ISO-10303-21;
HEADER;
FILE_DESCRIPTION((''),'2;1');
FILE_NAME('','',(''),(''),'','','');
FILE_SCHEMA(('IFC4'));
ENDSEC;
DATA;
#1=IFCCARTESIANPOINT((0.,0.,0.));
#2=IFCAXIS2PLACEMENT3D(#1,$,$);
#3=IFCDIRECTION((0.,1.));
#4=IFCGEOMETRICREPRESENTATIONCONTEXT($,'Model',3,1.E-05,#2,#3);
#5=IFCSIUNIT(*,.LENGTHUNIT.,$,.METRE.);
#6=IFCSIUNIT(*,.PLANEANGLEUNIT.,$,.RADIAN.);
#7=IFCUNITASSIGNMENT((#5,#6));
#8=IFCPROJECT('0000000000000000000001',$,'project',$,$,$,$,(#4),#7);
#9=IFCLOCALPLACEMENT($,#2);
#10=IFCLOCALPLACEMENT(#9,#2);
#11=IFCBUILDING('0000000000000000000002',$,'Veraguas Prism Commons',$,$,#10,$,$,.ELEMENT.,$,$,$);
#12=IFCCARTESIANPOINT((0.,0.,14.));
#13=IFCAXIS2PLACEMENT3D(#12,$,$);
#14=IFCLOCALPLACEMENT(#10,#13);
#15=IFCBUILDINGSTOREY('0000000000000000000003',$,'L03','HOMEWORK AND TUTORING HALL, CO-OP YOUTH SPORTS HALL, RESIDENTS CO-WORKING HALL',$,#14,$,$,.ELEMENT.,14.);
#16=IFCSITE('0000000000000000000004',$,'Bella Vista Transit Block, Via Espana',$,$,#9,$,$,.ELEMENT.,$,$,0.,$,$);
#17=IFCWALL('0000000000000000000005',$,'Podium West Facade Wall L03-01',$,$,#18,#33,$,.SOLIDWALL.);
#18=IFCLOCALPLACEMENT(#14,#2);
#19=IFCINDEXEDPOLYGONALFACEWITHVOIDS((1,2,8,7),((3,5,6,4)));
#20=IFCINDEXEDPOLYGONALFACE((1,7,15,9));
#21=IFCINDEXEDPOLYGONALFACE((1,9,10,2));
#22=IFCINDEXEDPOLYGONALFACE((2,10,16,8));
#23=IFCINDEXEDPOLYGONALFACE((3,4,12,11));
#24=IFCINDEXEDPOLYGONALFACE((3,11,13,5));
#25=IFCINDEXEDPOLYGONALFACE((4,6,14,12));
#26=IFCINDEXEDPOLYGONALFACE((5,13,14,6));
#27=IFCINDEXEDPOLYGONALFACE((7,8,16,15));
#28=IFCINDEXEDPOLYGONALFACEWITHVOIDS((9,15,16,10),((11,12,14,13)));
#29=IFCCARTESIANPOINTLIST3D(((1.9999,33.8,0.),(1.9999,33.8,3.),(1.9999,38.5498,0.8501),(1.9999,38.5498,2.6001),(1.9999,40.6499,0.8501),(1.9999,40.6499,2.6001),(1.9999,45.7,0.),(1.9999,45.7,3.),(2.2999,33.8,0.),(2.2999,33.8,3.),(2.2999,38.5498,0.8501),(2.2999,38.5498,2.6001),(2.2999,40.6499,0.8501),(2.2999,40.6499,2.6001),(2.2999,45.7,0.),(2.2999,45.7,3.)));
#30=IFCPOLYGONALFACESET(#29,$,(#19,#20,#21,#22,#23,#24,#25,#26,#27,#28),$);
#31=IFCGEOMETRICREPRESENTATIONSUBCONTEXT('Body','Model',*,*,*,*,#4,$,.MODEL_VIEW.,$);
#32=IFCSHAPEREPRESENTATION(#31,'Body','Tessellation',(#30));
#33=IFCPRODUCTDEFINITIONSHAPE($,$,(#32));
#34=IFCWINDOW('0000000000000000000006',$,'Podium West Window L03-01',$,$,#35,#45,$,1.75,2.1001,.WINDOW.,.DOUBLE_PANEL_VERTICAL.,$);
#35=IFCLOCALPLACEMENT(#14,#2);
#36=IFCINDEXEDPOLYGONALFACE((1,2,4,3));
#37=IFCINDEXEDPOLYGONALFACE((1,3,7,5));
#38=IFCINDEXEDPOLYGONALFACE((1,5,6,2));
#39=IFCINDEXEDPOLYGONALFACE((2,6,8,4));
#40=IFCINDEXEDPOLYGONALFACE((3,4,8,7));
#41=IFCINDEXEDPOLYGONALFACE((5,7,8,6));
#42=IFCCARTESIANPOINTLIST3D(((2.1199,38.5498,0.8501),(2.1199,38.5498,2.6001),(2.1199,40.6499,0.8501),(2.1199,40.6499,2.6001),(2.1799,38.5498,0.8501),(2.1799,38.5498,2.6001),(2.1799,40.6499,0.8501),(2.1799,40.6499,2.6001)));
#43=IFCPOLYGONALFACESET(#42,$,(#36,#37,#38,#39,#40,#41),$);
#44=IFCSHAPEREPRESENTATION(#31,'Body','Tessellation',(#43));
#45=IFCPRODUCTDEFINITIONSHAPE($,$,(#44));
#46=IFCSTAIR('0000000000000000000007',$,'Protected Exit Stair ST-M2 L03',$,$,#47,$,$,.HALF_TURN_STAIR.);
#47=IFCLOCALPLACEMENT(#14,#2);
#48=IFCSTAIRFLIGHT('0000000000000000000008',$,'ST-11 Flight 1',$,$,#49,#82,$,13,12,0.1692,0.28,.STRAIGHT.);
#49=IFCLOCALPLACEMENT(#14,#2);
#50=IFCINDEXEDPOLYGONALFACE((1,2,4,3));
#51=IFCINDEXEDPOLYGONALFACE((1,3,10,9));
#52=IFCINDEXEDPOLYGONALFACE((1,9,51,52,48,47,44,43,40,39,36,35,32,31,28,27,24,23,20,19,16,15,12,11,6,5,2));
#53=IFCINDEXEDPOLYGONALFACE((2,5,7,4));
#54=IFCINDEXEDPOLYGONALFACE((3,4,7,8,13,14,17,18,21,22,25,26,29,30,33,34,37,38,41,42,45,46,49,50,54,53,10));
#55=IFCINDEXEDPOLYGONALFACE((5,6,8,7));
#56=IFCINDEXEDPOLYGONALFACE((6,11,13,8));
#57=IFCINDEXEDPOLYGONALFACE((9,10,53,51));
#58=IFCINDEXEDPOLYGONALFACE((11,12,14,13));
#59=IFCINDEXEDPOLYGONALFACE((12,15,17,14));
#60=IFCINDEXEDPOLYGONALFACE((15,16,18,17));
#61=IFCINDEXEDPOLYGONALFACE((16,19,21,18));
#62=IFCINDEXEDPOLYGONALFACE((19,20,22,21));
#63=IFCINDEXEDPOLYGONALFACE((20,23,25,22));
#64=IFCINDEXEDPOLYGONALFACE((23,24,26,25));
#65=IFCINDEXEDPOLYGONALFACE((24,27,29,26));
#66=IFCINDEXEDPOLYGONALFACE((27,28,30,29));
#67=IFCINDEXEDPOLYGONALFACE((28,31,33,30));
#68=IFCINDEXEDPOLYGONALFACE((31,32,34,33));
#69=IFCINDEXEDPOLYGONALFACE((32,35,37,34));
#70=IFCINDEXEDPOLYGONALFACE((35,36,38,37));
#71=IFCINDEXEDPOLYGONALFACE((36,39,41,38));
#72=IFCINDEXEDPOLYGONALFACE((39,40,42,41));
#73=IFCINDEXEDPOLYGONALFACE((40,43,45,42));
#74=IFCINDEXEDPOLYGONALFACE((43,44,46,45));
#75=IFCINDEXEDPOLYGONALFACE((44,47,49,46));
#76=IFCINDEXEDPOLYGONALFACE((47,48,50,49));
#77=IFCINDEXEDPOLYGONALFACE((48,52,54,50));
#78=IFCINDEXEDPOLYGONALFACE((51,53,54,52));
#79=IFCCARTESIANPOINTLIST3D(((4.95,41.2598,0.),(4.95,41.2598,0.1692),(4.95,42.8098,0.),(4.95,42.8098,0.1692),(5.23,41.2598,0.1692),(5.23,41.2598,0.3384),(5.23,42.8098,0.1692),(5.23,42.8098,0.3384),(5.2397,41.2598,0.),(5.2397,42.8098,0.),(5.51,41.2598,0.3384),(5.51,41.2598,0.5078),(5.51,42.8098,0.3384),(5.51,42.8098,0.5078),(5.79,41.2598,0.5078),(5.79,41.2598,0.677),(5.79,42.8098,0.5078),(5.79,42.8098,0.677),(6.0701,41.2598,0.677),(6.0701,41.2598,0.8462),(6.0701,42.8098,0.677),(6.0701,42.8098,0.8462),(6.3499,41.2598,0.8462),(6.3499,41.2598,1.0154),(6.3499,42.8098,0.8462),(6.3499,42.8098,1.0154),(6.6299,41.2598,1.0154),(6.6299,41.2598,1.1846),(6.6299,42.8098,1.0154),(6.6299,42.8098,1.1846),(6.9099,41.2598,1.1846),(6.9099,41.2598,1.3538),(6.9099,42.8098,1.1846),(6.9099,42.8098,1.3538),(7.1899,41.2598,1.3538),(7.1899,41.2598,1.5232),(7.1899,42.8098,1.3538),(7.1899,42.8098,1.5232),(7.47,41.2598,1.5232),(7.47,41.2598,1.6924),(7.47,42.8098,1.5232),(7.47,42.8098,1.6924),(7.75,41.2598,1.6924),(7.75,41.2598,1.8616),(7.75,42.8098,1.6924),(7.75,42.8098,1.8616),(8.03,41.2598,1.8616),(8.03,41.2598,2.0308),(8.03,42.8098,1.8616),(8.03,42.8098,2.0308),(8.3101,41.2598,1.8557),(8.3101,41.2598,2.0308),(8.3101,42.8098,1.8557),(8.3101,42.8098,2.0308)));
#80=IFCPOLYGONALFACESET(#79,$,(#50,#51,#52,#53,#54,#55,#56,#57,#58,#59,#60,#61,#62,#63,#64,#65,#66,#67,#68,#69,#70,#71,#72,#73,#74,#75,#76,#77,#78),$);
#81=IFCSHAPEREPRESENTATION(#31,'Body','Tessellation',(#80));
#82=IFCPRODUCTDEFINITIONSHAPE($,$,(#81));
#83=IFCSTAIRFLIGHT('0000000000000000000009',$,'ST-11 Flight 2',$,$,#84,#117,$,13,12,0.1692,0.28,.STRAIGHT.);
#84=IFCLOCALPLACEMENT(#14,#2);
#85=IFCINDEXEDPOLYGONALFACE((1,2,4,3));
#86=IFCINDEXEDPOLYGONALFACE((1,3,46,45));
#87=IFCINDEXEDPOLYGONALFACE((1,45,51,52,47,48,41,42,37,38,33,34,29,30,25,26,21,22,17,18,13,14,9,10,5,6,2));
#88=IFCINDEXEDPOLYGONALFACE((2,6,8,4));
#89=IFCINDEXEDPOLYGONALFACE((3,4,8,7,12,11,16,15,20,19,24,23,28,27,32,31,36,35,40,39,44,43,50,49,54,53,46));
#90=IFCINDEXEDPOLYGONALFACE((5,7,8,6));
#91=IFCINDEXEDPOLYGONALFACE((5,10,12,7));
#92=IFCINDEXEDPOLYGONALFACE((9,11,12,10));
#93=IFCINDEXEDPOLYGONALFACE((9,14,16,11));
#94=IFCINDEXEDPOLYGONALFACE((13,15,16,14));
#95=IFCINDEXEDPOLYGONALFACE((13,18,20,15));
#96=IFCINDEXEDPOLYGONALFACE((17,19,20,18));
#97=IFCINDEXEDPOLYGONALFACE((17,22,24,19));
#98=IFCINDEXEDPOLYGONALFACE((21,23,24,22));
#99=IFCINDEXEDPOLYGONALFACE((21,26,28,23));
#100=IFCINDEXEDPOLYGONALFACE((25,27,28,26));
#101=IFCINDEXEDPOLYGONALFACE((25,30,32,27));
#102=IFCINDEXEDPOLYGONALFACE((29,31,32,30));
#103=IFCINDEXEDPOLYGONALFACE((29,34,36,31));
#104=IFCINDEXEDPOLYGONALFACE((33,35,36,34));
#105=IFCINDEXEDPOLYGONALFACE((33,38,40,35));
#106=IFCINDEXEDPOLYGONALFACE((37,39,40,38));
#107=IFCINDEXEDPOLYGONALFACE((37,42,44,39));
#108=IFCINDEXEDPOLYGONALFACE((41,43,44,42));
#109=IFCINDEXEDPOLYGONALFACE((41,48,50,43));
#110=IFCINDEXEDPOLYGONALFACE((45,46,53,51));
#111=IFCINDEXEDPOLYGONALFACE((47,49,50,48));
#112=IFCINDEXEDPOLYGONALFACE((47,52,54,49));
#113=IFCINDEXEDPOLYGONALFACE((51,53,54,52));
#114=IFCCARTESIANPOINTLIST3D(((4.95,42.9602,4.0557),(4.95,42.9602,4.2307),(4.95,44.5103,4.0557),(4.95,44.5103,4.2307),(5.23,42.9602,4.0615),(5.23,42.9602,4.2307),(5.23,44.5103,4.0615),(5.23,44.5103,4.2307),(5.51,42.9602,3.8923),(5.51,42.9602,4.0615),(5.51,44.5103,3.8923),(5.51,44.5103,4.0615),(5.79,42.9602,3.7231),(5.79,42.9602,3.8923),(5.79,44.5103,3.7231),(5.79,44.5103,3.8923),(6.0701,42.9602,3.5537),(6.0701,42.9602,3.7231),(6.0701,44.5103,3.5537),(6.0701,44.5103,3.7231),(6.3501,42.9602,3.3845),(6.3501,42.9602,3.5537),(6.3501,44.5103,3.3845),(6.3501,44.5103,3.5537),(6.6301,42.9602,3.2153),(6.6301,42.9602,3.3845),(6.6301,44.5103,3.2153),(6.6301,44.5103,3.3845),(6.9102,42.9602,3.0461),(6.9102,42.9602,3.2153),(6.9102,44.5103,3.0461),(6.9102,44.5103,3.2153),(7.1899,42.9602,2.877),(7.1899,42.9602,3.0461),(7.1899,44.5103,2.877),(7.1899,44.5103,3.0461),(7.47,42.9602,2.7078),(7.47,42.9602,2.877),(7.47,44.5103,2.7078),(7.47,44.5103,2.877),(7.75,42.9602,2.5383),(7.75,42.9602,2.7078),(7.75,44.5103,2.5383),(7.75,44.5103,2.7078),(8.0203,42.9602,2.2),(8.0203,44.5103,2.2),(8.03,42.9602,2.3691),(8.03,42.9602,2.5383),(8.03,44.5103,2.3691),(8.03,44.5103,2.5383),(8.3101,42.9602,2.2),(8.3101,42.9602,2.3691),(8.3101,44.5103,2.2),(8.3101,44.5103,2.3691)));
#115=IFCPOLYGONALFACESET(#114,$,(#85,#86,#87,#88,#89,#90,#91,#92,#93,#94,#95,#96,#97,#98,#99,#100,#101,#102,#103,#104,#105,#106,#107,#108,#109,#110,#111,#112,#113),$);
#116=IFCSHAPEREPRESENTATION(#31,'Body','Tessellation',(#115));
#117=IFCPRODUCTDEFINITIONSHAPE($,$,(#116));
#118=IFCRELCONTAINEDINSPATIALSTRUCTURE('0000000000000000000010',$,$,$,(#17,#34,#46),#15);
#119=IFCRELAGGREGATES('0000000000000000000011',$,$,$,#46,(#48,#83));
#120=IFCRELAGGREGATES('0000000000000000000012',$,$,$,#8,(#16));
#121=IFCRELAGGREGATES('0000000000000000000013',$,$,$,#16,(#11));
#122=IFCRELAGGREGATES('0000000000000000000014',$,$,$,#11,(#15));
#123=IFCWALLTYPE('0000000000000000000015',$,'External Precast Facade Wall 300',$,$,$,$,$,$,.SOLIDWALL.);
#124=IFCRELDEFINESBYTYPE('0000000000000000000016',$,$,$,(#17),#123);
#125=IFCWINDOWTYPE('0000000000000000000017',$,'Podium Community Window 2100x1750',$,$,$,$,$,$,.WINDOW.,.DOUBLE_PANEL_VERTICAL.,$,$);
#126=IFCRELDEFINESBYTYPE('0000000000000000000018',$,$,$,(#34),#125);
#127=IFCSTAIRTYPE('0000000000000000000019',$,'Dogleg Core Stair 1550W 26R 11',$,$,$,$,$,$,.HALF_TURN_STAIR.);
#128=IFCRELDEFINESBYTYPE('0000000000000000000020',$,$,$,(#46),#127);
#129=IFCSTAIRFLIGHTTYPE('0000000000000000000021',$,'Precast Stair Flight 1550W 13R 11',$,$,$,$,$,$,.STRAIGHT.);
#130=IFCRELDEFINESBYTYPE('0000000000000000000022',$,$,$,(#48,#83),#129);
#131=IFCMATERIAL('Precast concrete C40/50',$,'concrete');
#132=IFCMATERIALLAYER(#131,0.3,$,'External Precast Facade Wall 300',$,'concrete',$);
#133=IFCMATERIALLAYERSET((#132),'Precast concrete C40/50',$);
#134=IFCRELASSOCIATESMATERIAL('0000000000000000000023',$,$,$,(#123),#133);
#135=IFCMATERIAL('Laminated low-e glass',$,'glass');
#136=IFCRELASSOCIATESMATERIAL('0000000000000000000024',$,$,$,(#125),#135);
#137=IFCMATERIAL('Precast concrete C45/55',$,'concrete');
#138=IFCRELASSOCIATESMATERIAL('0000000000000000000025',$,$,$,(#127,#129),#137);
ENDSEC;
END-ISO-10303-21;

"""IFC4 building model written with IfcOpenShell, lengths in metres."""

from ifc_helpers import new_model, si_unit, direction, frame, frame_2d, origin, place, context, subcontext, project, spatial, polyline, rectangle, outline, extrude, source, transform, mapped, material, layer, layer_set, type_object, element, fill, aggregate, save


model = new_model("IFC4")

# Units and contexts
model_context = context("Model", 3, precision=1e-05, world=origin(), true_north=direction((0.0, 1.0)))
body_context = subcontext(model_context, "Body", "Model", "MODEL_VIEW")
ifc_project = project(units=[si_unit("LENGTHUNIT", "METRE"), si_unit("PLANEANGLEUNIT", "RADIAN")], contexts=[model_context])

# Site, building, storey
site_placement = place(None, origin())
site = spatial("IfcSite", under=ifc_project, at=site_placement, Name="Bella Vista Transit Block, Via Espana", CompositionType="ELEMENT", RefElevation=0.0)
building_placement = place(site_placement, origin())
building = spatial("IfcBuilding", under=site, at=building_placement, Name="Veraguas Prism Commons", CompositionType="ELEMENT")
storey_placement = place(building_placement, frame((0.0, 0.0, 14.0)))
storey = spatial("IfcBuildingStorey", under=building, at=storey_placement, Name="L03", Description="HOMEWORK AND TUTORING HALL, CO-OP YOUTH SPORTS HALL, RESIDENTS CO-WORKING HALL", CompositionType="ELEMENT", Elevation=14.0)

# Wall, opening, window
ifc_material_1 = material(Name="Precast concrete C40/50", Category="concrete")
ifc_layer_1 = layer(ifc_material_1, 0.3, Name="External Precast Facade Wall 300", Category="concrete")
ifc_layer_set_1 = layer_set([ifc_layer_1], Name="Precast concrete C40/50")
wall_type_1 = type_object("IfcWallType", Name="External Precast Facade Wall 300", PredefinedType="SOLIDWALL", material=ifc_layer_set_1)
wall_1_placement = place(storey_placement, frame((2.1499, 45.7, 0.0), z_axis=(0.0, 0.0, 1.0), x_axis=(0.0, -1.0, 0.0)))
wall_1 = element("IfcWall", 1, at=wall_1_placement, inside=storey, type_object=wall_type_1, Name="Podium West Facade Wall L03-01", PredefinedType="SOLIDWALL", context=body_context, shape_type="SweptSolid", body=[
    extrude(rectangle(XDim=11.8999, YDim=0.3, at=frame_2d((5.95, 0.0))), origin(), (0.0, 0.0, 1.0), 3.0),
])
opening_1_placement = place(wall_1_placement, frame((5.05, 0.0, 0.8501)))
opening_1 = element("IfcOpeningElement", 2, at=opening_1_placement, cuts=wall_1, PredefinedType="OPENING", context=body_context, shape_type="SweptSolid", body=[
    extrude(rectangle(XDim=2.1001, YDim=1.75, at=frame_2d((1.05, 0.875))), frame((0.0, 0.1599, 0.0), z_axis=(0.0, -1.0, 0.0), x_axis=(1.0, 0.0, 0.0)), (0.0, 0.0, 1.0), 0.3201),
])
ifc_material_2 = material(Name="Laminated low-e glass", Category="glass")
window_type = type_object("IfcWindowType", Name="Podium Community Window 2100x1750", PartitioningType="DOUBLE_PANEL_VERTICAL", PredefinedType="WINDOW", material=ifc_material_2)
shared_shape_1 = source(origin(), body_context, "Body", "SweptSolid", [
    extrude(rectangle(XDim=2.1001, YDim=1.75, at=frame_2d((1.05, 0.875))), frame((0.0, 0.03, 0.0), z_axis=(0.0, -1.0, 0.0), x_axis=(1.0, 0.0, 0.0)), (0.0, 0.0, 1.0), 0.0601),
])
window_placement = place(opening_1_placement, origin())
window = element("IfcWindow", 3, at=window_placement, inside=storey, type_object=window_type, Name="Podium West Window L03-01", OverallHeight=1.75, OverallWidth=2.1001, PartitioningType="DOUBLE_PANEL_VERTICAL", PredefinedType="WINDOW", context=body_context, shape_type="MappedRepresentation", body=[
    mapped(shared_shape_1, transform((0.0, 0.0, 0.0), scale=1.0)),
])
fill(opening_1, window)

# Stair, stair flights
ifc_material_3 = material(Name="Precast concrete C45/55", Category="concrete")
stair_type = type_object("IfcStairType", Name="Dogleg Core Stair 1550W 26R 11", PredefinedType="HALF_TURN_STAIR", material=ifc_material_3)
stair_placement = place(storey_placement, origin())
stair = element("IfcStair", 4, at=stair_placement, inside=storey, type_object=stair_type, Name="Protected Exit Stair ST-M2 L03", PredefinedType="HALF_TURN_STAIR")
stair_flight_type = type_object("IfcStairFlightType", Name="Precast Stair Flight 1550W 13R 11", PredefinedType="STRAIGHT", material=ifc_material_3)
stair_flight_1_placement = place(storey_placement, frame((4.95, 42.0349, 0.0), z_axis=(0.0, 0.0, 1.0), x_axis=(1.0, 0.0, 0.0)))
stair_flight_1 = element("IfcStairFlight", 5, at=stair_flight_1_placement, type_object=stair_flight_type, Name="ST-11 Flight 1", NumberOfRisers=13, NumberOfTreads=12, PredefinedType="STRAIGHT", RiserHeight=0.1692, TreadLength=0.28, context=body_context, shape_type="SweptSolid", body=[
    extrude(outline(polyline([(0.0, 0.0), (0.0, 0.1692), (0.28, 0.1692), (0.28, 0.3384), (0.5601, 0.3384), (0.5601, 0.5078), (0.8401, 0.5078), (0.8401, 0.677), (1.1201, 0.677), (1.1201, 0.8462), (1.3999, 0.8462), (1.3999, 1.0154), (1.6799, 1.0154), (1.6799, 1.1846), (1.96, 1.1846), (1.96, 1.3538), (2.24, 1.3538), (2.24, 1.5232), (2.52, 1.5232), (2.52, 1.6924), (2.8, 1.6924), (2.8, 1.8616), (3.0801, 1.8616), (3.0801, 2.0308), (3.3601, 2.0308), (3.3601, 2.2), (3.3601, 1.8557), (0.2898, 0.0), (0.0, 0.0)])), frame((0.0, 0.7749, 0.0), z_axis=(0.0, -1.0, 0.0), x_axis=(1.0, 0.0, 0.0)), (0.0, 0.0, 1.0), 1.55),
])
stair_flight_2_placement = place(storey_placement, frame((8.3101, 43.7351, 2.2), z_axis=(0.0, 0.0, 1.0), x_axis=(-1.0, 0.0, 0.0)))
stair_flight_2 = element("IfcStairFlight", 6, at=stair_flight_2_placement, type_object=stair_flight_type, Name="ST-11 Flight 2", NumberOfRisers=13, NumberOfTreads=12, PredefinedType="STRAIGHT", RiserHeight=0.1692, TreadLength=0.28, context=body_context, shape_type="SweptSolid", body=[
    extrude(outline(polyline([(0.0, 0.0), (0.0, 0.1692), (0.28, 0.1692), (0.28, 0.3384), (0.5601, 0.3384), (0.5601, 0.5078), (0.8401, 0.5078), (0.8401, 0.677), (1.1201, 0.677), (1.1201, 0.8462), (1.3999, 0.8462), (1.3999, 1.0154), (1.6799, 1.0154), (1.6799, 1.1846), (1.96, 1.1846), (1.96, 1.3538), (2.24, 1.3538), (2.24, 1.5232), (2.52, 1.5232), (2.52, 1.6924), (2.8, 1.6924), (2.8, 1.8616), (3.0801, 1.8616), (3.0801, 2.0308), (3.3601, 2.0308), (3.3601, 2.2), (3.3601, 1.8557), (0.2898, 0.0), (0.0, 0.0)])), frame((0.0, 0.7749, 0.0), z_axis=(0.0, -1.0, 0.0), x_axis=(1.0, 0.0, 0.0)), (0.0, 0.0, 1.0), 1.55),
])
aggregate(stair, [stair_flight_1, stair_flight_2])

save(model, "model.ifc")
